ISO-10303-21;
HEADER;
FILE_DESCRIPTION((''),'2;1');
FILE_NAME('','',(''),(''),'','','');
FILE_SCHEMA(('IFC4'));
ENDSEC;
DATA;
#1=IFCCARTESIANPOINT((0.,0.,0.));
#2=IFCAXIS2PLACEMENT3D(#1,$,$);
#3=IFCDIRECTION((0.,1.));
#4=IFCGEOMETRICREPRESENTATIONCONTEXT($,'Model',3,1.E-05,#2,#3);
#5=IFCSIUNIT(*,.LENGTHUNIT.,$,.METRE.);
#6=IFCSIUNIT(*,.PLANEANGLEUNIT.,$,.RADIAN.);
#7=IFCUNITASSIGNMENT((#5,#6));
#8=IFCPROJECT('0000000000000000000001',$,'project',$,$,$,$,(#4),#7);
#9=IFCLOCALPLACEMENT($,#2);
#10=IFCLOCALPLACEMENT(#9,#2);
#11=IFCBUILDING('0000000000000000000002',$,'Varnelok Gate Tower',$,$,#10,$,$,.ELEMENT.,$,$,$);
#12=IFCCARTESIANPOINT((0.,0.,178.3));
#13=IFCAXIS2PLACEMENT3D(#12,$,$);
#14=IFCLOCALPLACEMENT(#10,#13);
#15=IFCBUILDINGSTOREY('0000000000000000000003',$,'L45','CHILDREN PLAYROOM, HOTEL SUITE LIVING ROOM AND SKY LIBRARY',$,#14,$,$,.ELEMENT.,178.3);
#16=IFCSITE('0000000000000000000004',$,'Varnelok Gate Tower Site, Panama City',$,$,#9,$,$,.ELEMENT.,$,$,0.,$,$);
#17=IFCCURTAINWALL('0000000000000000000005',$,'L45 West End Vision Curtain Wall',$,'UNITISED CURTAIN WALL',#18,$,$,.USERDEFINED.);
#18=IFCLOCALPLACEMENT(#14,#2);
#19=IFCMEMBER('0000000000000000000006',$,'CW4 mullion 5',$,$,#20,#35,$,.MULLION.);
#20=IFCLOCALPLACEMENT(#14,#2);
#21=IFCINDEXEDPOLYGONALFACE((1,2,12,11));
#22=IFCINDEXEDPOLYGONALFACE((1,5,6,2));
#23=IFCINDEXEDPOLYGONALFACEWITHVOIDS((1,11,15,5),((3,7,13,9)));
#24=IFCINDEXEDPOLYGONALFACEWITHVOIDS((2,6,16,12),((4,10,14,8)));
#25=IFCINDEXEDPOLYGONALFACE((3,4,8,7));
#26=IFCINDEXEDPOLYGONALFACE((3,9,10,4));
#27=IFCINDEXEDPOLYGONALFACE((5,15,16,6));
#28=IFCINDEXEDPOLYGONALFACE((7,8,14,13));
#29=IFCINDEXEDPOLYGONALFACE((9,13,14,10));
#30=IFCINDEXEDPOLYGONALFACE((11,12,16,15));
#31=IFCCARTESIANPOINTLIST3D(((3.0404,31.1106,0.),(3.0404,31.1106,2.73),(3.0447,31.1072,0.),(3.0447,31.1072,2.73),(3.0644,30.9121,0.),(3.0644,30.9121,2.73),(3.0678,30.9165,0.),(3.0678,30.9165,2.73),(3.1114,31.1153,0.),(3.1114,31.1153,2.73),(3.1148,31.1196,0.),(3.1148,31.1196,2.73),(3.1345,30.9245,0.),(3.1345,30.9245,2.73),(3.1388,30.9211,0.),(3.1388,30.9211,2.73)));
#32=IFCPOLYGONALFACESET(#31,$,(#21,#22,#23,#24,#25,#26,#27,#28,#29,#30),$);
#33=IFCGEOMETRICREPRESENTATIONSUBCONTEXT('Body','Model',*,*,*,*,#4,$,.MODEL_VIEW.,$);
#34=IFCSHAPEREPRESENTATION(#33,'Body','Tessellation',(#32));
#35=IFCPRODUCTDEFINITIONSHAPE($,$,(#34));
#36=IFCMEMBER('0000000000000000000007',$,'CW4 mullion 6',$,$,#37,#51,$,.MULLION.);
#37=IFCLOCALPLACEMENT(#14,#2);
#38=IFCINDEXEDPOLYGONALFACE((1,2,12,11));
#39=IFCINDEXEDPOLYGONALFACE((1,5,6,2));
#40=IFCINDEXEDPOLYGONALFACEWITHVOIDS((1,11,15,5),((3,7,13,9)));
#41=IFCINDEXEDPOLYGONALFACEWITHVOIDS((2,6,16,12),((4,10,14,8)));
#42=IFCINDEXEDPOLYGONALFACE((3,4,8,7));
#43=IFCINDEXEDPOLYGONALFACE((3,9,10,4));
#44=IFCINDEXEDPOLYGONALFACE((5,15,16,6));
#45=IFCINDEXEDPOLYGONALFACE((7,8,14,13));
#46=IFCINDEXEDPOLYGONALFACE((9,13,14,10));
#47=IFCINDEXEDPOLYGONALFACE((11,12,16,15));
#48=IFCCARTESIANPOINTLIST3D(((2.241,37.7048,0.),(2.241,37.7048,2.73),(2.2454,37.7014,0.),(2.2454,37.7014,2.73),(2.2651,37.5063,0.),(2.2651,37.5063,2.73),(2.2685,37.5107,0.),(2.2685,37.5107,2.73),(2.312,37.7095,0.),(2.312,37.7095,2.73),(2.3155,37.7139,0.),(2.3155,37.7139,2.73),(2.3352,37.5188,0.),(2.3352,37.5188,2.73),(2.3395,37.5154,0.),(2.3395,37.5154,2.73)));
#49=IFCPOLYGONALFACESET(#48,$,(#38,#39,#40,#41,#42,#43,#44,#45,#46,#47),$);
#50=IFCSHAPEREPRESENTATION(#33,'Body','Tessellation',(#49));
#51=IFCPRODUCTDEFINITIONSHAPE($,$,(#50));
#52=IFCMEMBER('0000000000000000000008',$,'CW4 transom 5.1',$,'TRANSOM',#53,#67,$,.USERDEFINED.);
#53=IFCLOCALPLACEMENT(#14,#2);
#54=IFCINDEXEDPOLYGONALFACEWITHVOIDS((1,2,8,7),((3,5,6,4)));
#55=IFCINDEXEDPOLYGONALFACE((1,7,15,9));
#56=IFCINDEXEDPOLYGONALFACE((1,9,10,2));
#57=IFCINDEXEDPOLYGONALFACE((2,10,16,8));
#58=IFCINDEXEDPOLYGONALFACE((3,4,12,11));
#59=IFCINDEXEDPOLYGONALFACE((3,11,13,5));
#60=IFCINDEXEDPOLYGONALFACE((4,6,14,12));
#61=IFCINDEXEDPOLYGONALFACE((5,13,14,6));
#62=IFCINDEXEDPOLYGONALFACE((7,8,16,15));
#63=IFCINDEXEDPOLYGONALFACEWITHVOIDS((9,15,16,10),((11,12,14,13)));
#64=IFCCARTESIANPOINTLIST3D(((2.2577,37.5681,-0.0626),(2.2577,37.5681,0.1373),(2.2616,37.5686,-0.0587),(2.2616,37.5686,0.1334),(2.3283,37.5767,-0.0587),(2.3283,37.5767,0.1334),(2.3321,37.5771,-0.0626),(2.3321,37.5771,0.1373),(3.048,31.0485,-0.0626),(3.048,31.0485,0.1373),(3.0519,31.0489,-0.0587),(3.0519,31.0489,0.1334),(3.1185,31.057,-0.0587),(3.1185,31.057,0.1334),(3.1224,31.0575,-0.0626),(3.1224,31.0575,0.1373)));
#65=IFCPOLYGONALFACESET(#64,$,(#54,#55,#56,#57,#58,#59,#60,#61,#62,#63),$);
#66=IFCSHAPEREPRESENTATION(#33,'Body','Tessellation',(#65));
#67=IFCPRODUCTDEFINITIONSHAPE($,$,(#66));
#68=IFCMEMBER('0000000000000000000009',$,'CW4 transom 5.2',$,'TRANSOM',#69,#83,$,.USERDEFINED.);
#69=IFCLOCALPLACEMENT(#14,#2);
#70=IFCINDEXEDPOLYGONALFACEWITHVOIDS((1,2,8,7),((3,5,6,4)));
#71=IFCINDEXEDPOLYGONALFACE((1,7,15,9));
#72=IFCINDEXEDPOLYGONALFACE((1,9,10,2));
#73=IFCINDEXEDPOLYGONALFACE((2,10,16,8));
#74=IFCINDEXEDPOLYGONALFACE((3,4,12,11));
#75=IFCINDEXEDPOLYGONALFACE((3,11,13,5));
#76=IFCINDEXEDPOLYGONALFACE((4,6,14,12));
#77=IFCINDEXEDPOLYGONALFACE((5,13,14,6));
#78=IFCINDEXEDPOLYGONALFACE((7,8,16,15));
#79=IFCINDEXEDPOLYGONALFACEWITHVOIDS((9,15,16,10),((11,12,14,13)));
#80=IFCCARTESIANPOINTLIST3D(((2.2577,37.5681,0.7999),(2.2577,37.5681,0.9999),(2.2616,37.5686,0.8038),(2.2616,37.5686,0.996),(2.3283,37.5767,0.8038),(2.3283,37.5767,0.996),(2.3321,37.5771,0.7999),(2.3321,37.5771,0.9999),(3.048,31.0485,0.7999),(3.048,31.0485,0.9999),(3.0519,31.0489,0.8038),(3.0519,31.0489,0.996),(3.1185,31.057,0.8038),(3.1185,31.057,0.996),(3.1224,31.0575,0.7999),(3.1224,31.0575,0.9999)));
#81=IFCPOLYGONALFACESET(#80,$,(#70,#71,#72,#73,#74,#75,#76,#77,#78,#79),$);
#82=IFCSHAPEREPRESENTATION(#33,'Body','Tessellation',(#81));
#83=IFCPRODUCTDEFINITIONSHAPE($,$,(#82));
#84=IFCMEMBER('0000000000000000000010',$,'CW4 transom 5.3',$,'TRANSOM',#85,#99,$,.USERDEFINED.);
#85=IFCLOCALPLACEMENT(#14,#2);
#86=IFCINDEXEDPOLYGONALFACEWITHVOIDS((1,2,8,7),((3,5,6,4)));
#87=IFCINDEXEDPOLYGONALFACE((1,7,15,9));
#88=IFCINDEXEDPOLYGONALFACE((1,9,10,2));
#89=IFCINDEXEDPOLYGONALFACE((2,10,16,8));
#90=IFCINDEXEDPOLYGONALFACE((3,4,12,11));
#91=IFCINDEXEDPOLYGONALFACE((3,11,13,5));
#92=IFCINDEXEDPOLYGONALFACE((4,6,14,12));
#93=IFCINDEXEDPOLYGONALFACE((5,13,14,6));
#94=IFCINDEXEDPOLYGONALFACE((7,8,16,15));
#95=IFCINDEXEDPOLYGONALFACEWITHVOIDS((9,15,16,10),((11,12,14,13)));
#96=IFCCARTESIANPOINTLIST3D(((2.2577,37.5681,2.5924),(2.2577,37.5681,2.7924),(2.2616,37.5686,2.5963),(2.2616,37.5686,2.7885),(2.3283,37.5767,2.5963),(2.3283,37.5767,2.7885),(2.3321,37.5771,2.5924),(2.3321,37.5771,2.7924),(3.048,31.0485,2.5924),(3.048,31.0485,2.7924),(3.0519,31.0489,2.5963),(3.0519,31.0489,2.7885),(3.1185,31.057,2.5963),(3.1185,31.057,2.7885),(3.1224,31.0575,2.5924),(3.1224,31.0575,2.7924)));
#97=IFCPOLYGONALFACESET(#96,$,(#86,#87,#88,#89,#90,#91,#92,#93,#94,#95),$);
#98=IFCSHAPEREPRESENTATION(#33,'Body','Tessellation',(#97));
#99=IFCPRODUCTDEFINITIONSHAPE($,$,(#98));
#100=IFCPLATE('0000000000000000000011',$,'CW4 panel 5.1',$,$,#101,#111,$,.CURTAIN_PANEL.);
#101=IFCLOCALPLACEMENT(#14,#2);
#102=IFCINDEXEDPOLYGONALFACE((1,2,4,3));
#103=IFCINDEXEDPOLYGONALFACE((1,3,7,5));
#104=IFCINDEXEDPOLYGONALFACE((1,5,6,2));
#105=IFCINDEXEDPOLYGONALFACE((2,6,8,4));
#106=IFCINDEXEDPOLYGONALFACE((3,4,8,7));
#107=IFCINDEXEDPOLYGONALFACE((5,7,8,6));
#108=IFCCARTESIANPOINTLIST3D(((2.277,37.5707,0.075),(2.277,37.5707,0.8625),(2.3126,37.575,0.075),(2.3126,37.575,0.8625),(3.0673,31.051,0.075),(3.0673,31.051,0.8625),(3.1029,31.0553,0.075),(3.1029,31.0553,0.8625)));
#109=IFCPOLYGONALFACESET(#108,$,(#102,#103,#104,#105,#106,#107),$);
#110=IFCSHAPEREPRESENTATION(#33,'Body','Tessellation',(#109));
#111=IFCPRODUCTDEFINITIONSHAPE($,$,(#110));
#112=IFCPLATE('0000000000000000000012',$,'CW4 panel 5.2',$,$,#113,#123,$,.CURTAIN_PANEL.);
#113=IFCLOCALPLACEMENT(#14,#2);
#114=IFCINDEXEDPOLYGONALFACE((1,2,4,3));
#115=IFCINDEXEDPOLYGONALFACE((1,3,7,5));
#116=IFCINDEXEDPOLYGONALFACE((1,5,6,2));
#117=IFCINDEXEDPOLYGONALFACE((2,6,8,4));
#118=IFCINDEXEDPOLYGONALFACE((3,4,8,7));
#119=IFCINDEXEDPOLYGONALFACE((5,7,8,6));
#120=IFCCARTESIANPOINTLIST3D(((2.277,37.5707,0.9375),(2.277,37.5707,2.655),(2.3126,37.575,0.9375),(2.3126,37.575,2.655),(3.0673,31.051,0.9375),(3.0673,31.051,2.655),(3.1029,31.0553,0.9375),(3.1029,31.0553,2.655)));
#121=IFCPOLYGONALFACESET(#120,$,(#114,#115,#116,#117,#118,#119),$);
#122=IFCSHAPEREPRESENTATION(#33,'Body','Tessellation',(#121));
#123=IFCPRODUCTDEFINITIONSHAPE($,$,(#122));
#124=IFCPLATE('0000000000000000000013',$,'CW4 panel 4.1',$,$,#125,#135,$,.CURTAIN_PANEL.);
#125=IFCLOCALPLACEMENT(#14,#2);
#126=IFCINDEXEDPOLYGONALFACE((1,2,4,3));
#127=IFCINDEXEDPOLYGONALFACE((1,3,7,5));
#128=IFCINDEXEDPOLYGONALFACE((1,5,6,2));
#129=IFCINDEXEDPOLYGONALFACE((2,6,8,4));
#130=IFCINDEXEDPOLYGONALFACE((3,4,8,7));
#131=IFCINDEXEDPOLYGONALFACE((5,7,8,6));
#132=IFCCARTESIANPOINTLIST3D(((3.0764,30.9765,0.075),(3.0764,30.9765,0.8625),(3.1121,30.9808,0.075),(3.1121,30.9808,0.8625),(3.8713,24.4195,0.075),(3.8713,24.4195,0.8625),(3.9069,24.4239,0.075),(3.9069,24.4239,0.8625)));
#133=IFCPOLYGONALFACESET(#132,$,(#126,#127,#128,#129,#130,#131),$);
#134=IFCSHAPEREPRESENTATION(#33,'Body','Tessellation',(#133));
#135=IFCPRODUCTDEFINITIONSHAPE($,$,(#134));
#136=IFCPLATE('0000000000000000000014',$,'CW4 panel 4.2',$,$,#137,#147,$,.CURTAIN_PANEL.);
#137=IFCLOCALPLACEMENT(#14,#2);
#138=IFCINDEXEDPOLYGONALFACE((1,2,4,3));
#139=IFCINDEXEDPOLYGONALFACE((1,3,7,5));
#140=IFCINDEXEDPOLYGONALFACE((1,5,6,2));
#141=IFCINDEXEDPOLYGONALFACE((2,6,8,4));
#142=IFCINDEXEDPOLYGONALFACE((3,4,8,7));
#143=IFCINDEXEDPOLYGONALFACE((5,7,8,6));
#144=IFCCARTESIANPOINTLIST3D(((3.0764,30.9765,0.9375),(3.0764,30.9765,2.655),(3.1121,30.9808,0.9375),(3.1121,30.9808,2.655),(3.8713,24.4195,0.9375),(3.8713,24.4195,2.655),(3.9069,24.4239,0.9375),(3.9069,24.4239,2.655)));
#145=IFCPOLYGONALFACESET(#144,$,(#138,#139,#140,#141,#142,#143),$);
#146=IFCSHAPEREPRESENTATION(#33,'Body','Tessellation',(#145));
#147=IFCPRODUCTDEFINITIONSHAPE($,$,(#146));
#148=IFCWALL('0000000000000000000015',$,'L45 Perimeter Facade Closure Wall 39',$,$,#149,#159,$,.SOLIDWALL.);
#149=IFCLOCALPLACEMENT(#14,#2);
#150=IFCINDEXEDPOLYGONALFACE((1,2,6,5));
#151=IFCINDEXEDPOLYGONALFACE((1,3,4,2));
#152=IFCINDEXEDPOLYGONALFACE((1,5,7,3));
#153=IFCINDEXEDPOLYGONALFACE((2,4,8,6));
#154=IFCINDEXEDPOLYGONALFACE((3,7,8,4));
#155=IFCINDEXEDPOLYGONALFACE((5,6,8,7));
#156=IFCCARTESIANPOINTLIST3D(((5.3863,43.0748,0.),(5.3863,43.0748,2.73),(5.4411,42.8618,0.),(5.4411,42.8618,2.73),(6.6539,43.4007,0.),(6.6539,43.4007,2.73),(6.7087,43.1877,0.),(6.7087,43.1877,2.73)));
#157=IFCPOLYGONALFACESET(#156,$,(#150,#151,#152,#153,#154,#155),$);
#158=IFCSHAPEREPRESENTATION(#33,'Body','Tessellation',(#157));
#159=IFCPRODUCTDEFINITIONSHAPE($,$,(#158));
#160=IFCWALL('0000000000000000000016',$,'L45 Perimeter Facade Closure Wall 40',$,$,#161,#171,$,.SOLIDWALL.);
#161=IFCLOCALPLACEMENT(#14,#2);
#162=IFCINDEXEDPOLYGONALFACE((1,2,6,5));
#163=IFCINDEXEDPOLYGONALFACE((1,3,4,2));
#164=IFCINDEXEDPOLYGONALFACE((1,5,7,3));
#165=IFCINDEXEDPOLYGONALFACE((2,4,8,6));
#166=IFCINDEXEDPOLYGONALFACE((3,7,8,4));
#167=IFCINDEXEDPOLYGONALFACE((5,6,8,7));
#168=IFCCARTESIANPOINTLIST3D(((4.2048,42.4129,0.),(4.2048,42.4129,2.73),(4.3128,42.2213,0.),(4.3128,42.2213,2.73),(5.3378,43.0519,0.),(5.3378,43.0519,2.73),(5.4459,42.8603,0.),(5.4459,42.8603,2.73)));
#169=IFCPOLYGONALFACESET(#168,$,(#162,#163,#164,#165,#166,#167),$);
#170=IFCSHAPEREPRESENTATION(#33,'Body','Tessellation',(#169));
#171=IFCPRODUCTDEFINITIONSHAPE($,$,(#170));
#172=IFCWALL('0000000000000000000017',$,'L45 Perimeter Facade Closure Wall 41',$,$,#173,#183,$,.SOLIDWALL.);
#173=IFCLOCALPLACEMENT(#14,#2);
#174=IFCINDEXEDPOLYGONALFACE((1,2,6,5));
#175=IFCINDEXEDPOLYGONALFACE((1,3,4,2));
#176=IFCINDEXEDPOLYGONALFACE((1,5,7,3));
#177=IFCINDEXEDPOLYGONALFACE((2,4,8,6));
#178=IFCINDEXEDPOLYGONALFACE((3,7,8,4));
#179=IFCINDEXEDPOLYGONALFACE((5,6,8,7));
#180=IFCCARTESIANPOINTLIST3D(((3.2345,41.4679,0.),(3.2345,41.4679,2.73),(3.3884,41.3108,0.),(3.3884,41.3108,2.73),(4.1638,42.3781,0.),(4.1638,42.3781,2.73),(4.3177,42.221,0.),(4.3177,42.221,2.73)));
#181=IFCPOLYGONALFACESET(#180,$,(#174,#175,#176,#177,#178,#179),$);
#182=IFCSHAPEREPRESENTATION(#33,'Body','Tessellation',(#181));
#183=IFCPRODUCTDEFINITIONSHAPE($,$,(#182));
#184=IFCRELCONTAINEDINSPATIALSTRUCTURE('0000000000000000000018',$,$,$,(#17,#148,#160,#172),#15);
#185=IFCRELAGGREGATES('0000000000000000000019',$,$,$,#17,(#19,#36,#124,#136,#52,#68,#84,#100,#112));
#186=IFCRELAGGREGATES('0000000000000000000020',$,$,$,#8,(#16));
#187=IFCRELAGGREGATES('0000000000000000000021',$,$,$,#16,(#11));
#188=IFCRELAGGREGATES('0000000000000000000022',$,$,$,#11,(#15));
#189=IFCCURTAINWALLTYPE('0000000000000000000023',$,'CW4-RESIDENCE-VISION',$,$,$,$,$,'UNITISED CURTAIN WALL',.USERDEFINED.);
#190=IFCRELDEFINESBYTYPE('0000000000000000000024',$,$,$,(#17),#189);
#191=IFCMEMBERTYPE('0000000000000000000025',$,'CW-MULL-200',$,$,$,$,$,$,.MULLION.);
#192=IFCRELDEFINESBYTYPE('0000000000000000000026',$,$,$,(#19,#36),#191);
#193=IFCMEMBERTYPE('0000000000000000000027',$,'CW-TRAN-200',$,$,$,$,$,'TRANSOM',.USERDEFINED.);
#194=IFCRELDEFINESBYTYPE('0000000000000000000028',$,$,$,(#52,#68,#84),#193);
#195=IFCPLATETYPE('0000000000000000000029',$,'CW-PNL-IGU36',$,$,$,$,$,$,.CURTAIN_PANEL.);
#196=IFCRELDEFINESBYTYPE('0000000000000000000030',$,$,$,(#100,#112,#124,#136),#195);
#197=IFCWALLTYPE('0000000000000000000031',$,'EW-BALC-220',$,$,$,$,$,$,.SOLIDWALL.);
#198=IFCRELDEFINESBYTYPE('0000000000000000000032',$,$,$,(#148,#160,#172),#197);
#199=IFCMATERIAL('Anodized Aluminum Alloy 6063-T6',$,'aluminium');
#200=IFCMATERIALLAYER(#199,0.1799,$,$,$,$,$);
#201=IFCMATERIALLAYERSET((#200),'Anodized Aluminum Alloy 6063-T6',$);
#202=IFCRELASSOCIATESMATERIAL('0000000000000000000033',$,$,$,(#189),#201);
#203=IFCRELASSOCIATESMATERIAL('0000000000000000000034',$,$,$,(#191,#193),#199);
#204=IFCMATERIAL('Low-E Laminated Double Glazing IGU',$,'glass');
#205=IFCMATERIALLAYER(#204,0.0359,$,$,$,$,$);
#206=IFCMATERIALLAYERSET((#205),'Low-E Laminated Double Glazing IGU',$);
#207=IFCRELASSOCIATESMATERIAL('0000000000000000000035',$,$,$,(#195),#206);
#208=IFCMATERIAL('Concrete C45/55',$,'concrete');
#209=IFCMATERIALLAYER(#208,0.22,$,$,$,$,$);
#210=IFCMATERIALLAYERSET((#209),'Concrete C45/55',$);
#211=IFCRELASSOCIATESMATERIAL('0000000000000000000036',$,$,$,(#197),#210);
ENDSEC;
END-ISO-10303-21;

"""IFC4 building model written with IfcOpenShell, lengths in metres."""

from ifc_helpers import new_model, si_unit, direction, frame, frame_2d, origin, origin_2d, place, context, subcontext, project, spatial, rectangle, hollow_rectangle, extrude, source, transform, mapped, material, layer, layer_set, material_profile, profile_set, type_object, element, aggregate, save


model = new_model("IFC4")

# Units and contexts
model_context = context("Model", 3, precision=1e-05, world=origin(), true_north=direction((0.0, 1.0)))
body_context = subcontext(model_context, "Body", "Model", "MODEL_VIEW")
ifc_project = project(units=[si_unit("LENGTHUNIT", "METRE"), si_unit("PLANEANGLEUNIT", "RADIAN")], contexts=[model_context])

# Site, building, storey
site_placement = place(None, origin())
site = spatial("IfcSite", under=ifc_project, at=site_placement, Name="Varnelok Gate Tower Site, Panama City", CompositionType="ELEMENT", RefElevation=0.0)
building_placement = place(site_placement, origin())
building = spatial("IfcBuilding", under=site, at=building_placement, Name="Varnelok Gate Tower", CompositionType="ELEMENT")
storey_placement = place(building_placement, frame((0.0, 0.0, 178.3)))
storey = spatial("IfcBuildingStorey", under=building, at=storey_placement, Name="L45", Description="CHILDREN PLAYROOM, HOTEL SUITE LIVING ROOM AND SKY LIBRARY", CompositionType="ELEMENT", Elevation=178.3)

# Curtain wall, members, plates
ifc_material_1 = material(Name="Anodized Aluminum Alloy 6063-T6", Category="aluminium")
ifc_layer_1 = layer(ifc_material_1, 0.1799)
ifc_layer_set_1 = layer_set([ifc_layer_1], Name="Anodized Aluminum Alloy 6063-T6")
curtain_wall_type = type_object("IfcCurtainWallType", Name="CW4-RESIDENCE-VISION", ElementType="UNITISED CURTAIN WALL", PredefinedType="USERDEFINED", material=ifc_layer_set_1)
curtain_wall_placement = place(storey_placement, origin())
curtain_wall = element("IfcCurtainWall", 1, at=curtain_wall_placement, inside=storey, type_object=curtain_wall_type, Name="L45 West End Vision Curtain Wall", ObjectType="UNITISED CURTAIN WALL", PredefinedType="USERDEFINED")
ifc_material_profile_1 = material_profile(ifc_material_1, hollow_rectangle(XDim=0.075, YDim=0.2, WallThickness=0.0039, at=origin_2d()), Name="ALU200X75X4")
ifc_profile_set_1 = profile_set([ifc_material_profile_1], Name="Anodized Aluminum Alloy 6063-T6")
member_type_1 = type_object("IfcMemberType", Name="CW-MULL-200", PredefinedType="MULLION", material=ifc_profile_set_1)
member_1_placement = place(storey_placement, frame((3.0896, 31.0159, 0.0), z_axis=(0.0, 0.0, 1.0), x_axis=(-0.992732, -0.120345, 0.0)))
member_1 = element("IfcMember", 2, at=member_1_placement, type_object=member_type_1, Name="CW4 mullion 5", PredefinedType="MULLION", context=body_context, shape_type="SweptSolid", body=[
    extrude(hollow_rectangle(XDim=0.075, YDim=0.2, WallThickness=0.0039, at=origin_2d()), origin(), (0.0, 0.0, 1.0), 2.73),
])
member_2_placement = place(storey_placement, frame((2.2903, 37.6101, 0.0), z_axis=(0.0, 0.0, 1.0), x_axis=(-0.992732, -0.120345, 0.0)))
member_2 = element("IfcMember", 3, at=member_2_placement, type_object=member_type_1, Name="CW4 mullion 6", PredefinedType="MULLION", context=body_context, shape_type="SweptSolid", body=[
    extrude(hollow_rectangle(XDim=0.075, YDim=0.2, WallThickness=0.0039, at=origin_2d()), origin(), (0.0, 0.0, 1.0), 2.73),
])
ifc_material_profile_2 = material_profile(ifc_material_1, hollow_rectangle(XDim=0.075, YDim=0.2, WallThickness=0.0039, at=origin_2d()), Name="ALU200X75X4")
ifc_profile_set_2 = profile_set([ifc_material_profile_2], Name="Anodized Aluminum Alloy 6063-T6")
member_type_2 = type_object("IfcMemberType", Name="CW-TRAN-200", ElementType="TRANSOM", PredefinedType="USERDEFINED", material=ifc_profile_set_2)
member_3_placement = place(storey_placement, frame((3.0852, 31.053, 0.0374), z_axis=(-0.120332, 0.992734, 0.0), x_axis=(-0.992734, -0.120332, 0.0)))
member_3 = element("IfcMember", 4, at=member_3_placement, type_object=member_type_2, Name="CW4 transom 5.1", ObjectType="TRANSOM", PredefinedType="USERDEFINED", context=body_context, shape_type="SweptSolid", body=[
    extrude(hollow_rectangle(XDim=0.075, YDim=0.2, WallThickness=0.0039, at=origin_2d()), origin(), (0.0, 0.0, 1.0), 6.5674),
])
member_4_placement = place(storey_placement, frame((3.0852, 31.053, 0.8999), z_axis=(-0.120332, 0.992734, 0.0), x_axis=(-0.992734, -0.120332, 0.0)))
member_4 = element("IfcMember", 5, at=member_4_placement, type_object=member_type_2, Name="CW4 transom 5.2", ObjectType="TRANSOM", PredefinedType="USERDEFINED", context=body_context, shape_type="SweptSolid", body=[
    extrude(hollow_rectangle(XDim=0.075, YDim=0.2, WallThickness=0.0039, at=origin_2d()), origin(), (0.0, 0.0, 1.0), 6.5674),
])
member_5_placement = place(storey_placement, frame((3.0852, 31.053, 2.6924), z_axis=(-0.120332, 0.992734, 0.0), x_axis=(-0.992734, -0.120332, 0.0)))
member_5 = element("IfcMember", 6, at=member_5_placement, type_object=member_type_2, Name="CW4 transom 5.3", ObjectType="TRANSOM", PredefinedType="USERDEFINED", context=body_context, shape_type="SweptSolid", body=[
    extrude(hollow_rectangle(XDim=0.075, YDim=0.2, WallThickness=0.0039, at=origin_2d()), origin(), (0.0, 0.0, 1.0), 6.5674),
])
ifc_material_2 = material(Name="Low-E Laminated Double Glazing IGU", Category="glass")
ifc_layer_2 = layer(ifc_material_2, 0.0359)
ifc_layer_set_2 = layer_set([ifc_layer_2], Name="Low-E Laminated Double Glazing IGU")
plate_type = type_object("IfcPlateType", Name="CW-PNL-IGU36", PredefinedType="CURTAIN_PANEL", material=ifc_layer_set_2)
shared_shape_1 = source(origin(), body_context, "Body", "SweptSolid", [
    extrude(rectangle(XDim=6.5674, YDim=0.0359, at=origin_2d()), origin(), (0.0, 0.0, 1.0), 0.7876),
])
plate_1_placement = place(storey_placement, frame((2.6899, 34.313, 0.075), z_axis=(0.0, 0.0, 1.0), x_axis=(-0.120345, 0.992732, 0.0)))
plate_1 = element("IfcPlate", 7, at=plate_1_placement, type_object=plate_type, Name="CW4 panel 5.1", PredefinedType="CURTAIN_PANEL", context=body_context, shape_type="MappedRepresentation", body=[
    mapped(shared_shape_1, transform((0.0, 0.0, 0.0), scale=1.0)),
])
shared_shape_2 = source(origin(), body_context, "Body", "SweptSolid", [
    extrude(rectangle(XDim=6.5674, YDim=0.0359, at=origin_2d()), origin(), (0.0, 0.0, 1.0), 1.7175),
])
plate_2_placement = place(storey_placement, frame((2.6899, 34.313, 0.9375), z_axis=(0.0, 0.0, 1.0), x_axis=(-0.120345, 0.992732, 0.0)))
plate_2 = element("IfcPlate", 8, at=plate_2_placement, type_object=plate_type, Name="CW4 panel 5.2", PredefinedType="CURTAIN_PANEL", context=body_context, shape_type="MappedRepresentation", body=[
    mapped(shared_shape_2, transform((0.0, 0.0, 0.0), scale=1.0)),
])
shared_shape_3 = source(origin(), body_context, "Body", "SweptSolid", [
    extrude(rectangle(XDim=6.605, YDim=0.0359, at=origin_2d()), origin(), (0.0, 0.0, 1.0), 0.7876),
])
plate_3_placement = place(storey_placement, frame((3.4917, 27.7002, 0.075), z_axis=(0.0, 0.0, 1.0), x_axis=(-0.120345, 0.992732, 0.0)))
plate_3 = element("IfcPlate", 9, at=plate_3_placement, type_object=plate_type, Name="CW4 panel 4.1", PredefinedType="CURTAIN_PANEL", context=body_context, shape_type="MappedRepresentation", body=[
    mapped(shared_shape_3, transform((0.0, 0.0, 0.0), scale=1.0)),
])
shared_shape_4 = source(origin(), body_context, "Body", "SweptSolid", [
    extrude(rectangle(XDim=6.605, YDim=0.0359, at=origin_2d()), origin(), (0.0, 0.0, 1.0), 1.7175),
])
plate_4_placement = place(storey_placement, frame((3.4917, 27.7002, 0.9375), z_axis=(0.0, 0.0, 1.0), x_axis=(-0.120345, 0.992732, 0.0)))
plate_4 = element("IfcPlate", 10, at=plate_4_placement, type_object=plate_type, Name="CW4 panel 4.2", PredefinedType="CURTAIN_PANEL", context=body_context, shape_type="MappedRepresentation", body=[
    mapped(shared_shape_4, transform((0.0, 0.0, 0.0), scale=1.0)),
])
aggregate(curtain_wall, [member_1, member_2, plate_3, plate_4, member_3, member_4, member_5, plate_1, plate_2])

# Walls
ifc_material_3 = material(Name="Concrete C45/55", Category="concrete")
ifc_layer_3 = layer(ifc_material_3, 0.22)
ifc_layer_set_3 = layer_set([ifc_layer_3], Name="Concrete C45/55")
wall_type_1 = type_object("IfcWallType", Name="EW-BALC-220", PredefinedType="SOLIDWALL", material=ifc_layer_set_3)
wall_1_placement = place(storey_placement, frame((6.6812, 43.2942, 0.0), z_axis=(0.0, 0.0, 1.0), x_axis=(-0.968497, -0.249026, 0.0)))
element("IfcWall", 11, at=wall_1_placement, inside=storey, type_object=wall_type_1, Name="L45 Perimeter Facade Closure Wall 39", PredefinedType="SOLIDWALL", context=body_context, shape_type="SweptSolid", body=[
    extrude(rectangle(XDim=1.3088, YDim=0.22, at=frame_2d((0.6543, 0.0))), origin(), (0.0, 0.0, 1.0), 2.73),
])
for number, where, z_axis, x_axis, name in (
    (12, (5.3918, 42.9561, 0.0), (0.0, 0.0, 1.0), (-0.871059, -0.491179, 0.0), "L45 Perimeter Facade Closure Wall 40"),
    (13, (4.2407, 42.2996, 0.0), (0.0, 0.0, 1.0), (-0.714389, -0.699749, 0.0), "L45 Perimeter Facade Closure Wall 41"),
):
    element("IfcWall", number, at=place(storey_placement, frame(where, z_axis=z_axis, x_axis=x_axis)), inside=storey, type_object=wall_type_1, Name=name, PredefinedType="SOLIDWALL", context=body_context, shape_type="SweptSolid", body=[
        extrude(rectangle(XDim=1.3008, YDim=0.22, at=frame_2d((0.6504, 0.0))), origin(), (0.0, 0.0, 1.0), 2.73),
    ])

save(model, "model.ifc")
